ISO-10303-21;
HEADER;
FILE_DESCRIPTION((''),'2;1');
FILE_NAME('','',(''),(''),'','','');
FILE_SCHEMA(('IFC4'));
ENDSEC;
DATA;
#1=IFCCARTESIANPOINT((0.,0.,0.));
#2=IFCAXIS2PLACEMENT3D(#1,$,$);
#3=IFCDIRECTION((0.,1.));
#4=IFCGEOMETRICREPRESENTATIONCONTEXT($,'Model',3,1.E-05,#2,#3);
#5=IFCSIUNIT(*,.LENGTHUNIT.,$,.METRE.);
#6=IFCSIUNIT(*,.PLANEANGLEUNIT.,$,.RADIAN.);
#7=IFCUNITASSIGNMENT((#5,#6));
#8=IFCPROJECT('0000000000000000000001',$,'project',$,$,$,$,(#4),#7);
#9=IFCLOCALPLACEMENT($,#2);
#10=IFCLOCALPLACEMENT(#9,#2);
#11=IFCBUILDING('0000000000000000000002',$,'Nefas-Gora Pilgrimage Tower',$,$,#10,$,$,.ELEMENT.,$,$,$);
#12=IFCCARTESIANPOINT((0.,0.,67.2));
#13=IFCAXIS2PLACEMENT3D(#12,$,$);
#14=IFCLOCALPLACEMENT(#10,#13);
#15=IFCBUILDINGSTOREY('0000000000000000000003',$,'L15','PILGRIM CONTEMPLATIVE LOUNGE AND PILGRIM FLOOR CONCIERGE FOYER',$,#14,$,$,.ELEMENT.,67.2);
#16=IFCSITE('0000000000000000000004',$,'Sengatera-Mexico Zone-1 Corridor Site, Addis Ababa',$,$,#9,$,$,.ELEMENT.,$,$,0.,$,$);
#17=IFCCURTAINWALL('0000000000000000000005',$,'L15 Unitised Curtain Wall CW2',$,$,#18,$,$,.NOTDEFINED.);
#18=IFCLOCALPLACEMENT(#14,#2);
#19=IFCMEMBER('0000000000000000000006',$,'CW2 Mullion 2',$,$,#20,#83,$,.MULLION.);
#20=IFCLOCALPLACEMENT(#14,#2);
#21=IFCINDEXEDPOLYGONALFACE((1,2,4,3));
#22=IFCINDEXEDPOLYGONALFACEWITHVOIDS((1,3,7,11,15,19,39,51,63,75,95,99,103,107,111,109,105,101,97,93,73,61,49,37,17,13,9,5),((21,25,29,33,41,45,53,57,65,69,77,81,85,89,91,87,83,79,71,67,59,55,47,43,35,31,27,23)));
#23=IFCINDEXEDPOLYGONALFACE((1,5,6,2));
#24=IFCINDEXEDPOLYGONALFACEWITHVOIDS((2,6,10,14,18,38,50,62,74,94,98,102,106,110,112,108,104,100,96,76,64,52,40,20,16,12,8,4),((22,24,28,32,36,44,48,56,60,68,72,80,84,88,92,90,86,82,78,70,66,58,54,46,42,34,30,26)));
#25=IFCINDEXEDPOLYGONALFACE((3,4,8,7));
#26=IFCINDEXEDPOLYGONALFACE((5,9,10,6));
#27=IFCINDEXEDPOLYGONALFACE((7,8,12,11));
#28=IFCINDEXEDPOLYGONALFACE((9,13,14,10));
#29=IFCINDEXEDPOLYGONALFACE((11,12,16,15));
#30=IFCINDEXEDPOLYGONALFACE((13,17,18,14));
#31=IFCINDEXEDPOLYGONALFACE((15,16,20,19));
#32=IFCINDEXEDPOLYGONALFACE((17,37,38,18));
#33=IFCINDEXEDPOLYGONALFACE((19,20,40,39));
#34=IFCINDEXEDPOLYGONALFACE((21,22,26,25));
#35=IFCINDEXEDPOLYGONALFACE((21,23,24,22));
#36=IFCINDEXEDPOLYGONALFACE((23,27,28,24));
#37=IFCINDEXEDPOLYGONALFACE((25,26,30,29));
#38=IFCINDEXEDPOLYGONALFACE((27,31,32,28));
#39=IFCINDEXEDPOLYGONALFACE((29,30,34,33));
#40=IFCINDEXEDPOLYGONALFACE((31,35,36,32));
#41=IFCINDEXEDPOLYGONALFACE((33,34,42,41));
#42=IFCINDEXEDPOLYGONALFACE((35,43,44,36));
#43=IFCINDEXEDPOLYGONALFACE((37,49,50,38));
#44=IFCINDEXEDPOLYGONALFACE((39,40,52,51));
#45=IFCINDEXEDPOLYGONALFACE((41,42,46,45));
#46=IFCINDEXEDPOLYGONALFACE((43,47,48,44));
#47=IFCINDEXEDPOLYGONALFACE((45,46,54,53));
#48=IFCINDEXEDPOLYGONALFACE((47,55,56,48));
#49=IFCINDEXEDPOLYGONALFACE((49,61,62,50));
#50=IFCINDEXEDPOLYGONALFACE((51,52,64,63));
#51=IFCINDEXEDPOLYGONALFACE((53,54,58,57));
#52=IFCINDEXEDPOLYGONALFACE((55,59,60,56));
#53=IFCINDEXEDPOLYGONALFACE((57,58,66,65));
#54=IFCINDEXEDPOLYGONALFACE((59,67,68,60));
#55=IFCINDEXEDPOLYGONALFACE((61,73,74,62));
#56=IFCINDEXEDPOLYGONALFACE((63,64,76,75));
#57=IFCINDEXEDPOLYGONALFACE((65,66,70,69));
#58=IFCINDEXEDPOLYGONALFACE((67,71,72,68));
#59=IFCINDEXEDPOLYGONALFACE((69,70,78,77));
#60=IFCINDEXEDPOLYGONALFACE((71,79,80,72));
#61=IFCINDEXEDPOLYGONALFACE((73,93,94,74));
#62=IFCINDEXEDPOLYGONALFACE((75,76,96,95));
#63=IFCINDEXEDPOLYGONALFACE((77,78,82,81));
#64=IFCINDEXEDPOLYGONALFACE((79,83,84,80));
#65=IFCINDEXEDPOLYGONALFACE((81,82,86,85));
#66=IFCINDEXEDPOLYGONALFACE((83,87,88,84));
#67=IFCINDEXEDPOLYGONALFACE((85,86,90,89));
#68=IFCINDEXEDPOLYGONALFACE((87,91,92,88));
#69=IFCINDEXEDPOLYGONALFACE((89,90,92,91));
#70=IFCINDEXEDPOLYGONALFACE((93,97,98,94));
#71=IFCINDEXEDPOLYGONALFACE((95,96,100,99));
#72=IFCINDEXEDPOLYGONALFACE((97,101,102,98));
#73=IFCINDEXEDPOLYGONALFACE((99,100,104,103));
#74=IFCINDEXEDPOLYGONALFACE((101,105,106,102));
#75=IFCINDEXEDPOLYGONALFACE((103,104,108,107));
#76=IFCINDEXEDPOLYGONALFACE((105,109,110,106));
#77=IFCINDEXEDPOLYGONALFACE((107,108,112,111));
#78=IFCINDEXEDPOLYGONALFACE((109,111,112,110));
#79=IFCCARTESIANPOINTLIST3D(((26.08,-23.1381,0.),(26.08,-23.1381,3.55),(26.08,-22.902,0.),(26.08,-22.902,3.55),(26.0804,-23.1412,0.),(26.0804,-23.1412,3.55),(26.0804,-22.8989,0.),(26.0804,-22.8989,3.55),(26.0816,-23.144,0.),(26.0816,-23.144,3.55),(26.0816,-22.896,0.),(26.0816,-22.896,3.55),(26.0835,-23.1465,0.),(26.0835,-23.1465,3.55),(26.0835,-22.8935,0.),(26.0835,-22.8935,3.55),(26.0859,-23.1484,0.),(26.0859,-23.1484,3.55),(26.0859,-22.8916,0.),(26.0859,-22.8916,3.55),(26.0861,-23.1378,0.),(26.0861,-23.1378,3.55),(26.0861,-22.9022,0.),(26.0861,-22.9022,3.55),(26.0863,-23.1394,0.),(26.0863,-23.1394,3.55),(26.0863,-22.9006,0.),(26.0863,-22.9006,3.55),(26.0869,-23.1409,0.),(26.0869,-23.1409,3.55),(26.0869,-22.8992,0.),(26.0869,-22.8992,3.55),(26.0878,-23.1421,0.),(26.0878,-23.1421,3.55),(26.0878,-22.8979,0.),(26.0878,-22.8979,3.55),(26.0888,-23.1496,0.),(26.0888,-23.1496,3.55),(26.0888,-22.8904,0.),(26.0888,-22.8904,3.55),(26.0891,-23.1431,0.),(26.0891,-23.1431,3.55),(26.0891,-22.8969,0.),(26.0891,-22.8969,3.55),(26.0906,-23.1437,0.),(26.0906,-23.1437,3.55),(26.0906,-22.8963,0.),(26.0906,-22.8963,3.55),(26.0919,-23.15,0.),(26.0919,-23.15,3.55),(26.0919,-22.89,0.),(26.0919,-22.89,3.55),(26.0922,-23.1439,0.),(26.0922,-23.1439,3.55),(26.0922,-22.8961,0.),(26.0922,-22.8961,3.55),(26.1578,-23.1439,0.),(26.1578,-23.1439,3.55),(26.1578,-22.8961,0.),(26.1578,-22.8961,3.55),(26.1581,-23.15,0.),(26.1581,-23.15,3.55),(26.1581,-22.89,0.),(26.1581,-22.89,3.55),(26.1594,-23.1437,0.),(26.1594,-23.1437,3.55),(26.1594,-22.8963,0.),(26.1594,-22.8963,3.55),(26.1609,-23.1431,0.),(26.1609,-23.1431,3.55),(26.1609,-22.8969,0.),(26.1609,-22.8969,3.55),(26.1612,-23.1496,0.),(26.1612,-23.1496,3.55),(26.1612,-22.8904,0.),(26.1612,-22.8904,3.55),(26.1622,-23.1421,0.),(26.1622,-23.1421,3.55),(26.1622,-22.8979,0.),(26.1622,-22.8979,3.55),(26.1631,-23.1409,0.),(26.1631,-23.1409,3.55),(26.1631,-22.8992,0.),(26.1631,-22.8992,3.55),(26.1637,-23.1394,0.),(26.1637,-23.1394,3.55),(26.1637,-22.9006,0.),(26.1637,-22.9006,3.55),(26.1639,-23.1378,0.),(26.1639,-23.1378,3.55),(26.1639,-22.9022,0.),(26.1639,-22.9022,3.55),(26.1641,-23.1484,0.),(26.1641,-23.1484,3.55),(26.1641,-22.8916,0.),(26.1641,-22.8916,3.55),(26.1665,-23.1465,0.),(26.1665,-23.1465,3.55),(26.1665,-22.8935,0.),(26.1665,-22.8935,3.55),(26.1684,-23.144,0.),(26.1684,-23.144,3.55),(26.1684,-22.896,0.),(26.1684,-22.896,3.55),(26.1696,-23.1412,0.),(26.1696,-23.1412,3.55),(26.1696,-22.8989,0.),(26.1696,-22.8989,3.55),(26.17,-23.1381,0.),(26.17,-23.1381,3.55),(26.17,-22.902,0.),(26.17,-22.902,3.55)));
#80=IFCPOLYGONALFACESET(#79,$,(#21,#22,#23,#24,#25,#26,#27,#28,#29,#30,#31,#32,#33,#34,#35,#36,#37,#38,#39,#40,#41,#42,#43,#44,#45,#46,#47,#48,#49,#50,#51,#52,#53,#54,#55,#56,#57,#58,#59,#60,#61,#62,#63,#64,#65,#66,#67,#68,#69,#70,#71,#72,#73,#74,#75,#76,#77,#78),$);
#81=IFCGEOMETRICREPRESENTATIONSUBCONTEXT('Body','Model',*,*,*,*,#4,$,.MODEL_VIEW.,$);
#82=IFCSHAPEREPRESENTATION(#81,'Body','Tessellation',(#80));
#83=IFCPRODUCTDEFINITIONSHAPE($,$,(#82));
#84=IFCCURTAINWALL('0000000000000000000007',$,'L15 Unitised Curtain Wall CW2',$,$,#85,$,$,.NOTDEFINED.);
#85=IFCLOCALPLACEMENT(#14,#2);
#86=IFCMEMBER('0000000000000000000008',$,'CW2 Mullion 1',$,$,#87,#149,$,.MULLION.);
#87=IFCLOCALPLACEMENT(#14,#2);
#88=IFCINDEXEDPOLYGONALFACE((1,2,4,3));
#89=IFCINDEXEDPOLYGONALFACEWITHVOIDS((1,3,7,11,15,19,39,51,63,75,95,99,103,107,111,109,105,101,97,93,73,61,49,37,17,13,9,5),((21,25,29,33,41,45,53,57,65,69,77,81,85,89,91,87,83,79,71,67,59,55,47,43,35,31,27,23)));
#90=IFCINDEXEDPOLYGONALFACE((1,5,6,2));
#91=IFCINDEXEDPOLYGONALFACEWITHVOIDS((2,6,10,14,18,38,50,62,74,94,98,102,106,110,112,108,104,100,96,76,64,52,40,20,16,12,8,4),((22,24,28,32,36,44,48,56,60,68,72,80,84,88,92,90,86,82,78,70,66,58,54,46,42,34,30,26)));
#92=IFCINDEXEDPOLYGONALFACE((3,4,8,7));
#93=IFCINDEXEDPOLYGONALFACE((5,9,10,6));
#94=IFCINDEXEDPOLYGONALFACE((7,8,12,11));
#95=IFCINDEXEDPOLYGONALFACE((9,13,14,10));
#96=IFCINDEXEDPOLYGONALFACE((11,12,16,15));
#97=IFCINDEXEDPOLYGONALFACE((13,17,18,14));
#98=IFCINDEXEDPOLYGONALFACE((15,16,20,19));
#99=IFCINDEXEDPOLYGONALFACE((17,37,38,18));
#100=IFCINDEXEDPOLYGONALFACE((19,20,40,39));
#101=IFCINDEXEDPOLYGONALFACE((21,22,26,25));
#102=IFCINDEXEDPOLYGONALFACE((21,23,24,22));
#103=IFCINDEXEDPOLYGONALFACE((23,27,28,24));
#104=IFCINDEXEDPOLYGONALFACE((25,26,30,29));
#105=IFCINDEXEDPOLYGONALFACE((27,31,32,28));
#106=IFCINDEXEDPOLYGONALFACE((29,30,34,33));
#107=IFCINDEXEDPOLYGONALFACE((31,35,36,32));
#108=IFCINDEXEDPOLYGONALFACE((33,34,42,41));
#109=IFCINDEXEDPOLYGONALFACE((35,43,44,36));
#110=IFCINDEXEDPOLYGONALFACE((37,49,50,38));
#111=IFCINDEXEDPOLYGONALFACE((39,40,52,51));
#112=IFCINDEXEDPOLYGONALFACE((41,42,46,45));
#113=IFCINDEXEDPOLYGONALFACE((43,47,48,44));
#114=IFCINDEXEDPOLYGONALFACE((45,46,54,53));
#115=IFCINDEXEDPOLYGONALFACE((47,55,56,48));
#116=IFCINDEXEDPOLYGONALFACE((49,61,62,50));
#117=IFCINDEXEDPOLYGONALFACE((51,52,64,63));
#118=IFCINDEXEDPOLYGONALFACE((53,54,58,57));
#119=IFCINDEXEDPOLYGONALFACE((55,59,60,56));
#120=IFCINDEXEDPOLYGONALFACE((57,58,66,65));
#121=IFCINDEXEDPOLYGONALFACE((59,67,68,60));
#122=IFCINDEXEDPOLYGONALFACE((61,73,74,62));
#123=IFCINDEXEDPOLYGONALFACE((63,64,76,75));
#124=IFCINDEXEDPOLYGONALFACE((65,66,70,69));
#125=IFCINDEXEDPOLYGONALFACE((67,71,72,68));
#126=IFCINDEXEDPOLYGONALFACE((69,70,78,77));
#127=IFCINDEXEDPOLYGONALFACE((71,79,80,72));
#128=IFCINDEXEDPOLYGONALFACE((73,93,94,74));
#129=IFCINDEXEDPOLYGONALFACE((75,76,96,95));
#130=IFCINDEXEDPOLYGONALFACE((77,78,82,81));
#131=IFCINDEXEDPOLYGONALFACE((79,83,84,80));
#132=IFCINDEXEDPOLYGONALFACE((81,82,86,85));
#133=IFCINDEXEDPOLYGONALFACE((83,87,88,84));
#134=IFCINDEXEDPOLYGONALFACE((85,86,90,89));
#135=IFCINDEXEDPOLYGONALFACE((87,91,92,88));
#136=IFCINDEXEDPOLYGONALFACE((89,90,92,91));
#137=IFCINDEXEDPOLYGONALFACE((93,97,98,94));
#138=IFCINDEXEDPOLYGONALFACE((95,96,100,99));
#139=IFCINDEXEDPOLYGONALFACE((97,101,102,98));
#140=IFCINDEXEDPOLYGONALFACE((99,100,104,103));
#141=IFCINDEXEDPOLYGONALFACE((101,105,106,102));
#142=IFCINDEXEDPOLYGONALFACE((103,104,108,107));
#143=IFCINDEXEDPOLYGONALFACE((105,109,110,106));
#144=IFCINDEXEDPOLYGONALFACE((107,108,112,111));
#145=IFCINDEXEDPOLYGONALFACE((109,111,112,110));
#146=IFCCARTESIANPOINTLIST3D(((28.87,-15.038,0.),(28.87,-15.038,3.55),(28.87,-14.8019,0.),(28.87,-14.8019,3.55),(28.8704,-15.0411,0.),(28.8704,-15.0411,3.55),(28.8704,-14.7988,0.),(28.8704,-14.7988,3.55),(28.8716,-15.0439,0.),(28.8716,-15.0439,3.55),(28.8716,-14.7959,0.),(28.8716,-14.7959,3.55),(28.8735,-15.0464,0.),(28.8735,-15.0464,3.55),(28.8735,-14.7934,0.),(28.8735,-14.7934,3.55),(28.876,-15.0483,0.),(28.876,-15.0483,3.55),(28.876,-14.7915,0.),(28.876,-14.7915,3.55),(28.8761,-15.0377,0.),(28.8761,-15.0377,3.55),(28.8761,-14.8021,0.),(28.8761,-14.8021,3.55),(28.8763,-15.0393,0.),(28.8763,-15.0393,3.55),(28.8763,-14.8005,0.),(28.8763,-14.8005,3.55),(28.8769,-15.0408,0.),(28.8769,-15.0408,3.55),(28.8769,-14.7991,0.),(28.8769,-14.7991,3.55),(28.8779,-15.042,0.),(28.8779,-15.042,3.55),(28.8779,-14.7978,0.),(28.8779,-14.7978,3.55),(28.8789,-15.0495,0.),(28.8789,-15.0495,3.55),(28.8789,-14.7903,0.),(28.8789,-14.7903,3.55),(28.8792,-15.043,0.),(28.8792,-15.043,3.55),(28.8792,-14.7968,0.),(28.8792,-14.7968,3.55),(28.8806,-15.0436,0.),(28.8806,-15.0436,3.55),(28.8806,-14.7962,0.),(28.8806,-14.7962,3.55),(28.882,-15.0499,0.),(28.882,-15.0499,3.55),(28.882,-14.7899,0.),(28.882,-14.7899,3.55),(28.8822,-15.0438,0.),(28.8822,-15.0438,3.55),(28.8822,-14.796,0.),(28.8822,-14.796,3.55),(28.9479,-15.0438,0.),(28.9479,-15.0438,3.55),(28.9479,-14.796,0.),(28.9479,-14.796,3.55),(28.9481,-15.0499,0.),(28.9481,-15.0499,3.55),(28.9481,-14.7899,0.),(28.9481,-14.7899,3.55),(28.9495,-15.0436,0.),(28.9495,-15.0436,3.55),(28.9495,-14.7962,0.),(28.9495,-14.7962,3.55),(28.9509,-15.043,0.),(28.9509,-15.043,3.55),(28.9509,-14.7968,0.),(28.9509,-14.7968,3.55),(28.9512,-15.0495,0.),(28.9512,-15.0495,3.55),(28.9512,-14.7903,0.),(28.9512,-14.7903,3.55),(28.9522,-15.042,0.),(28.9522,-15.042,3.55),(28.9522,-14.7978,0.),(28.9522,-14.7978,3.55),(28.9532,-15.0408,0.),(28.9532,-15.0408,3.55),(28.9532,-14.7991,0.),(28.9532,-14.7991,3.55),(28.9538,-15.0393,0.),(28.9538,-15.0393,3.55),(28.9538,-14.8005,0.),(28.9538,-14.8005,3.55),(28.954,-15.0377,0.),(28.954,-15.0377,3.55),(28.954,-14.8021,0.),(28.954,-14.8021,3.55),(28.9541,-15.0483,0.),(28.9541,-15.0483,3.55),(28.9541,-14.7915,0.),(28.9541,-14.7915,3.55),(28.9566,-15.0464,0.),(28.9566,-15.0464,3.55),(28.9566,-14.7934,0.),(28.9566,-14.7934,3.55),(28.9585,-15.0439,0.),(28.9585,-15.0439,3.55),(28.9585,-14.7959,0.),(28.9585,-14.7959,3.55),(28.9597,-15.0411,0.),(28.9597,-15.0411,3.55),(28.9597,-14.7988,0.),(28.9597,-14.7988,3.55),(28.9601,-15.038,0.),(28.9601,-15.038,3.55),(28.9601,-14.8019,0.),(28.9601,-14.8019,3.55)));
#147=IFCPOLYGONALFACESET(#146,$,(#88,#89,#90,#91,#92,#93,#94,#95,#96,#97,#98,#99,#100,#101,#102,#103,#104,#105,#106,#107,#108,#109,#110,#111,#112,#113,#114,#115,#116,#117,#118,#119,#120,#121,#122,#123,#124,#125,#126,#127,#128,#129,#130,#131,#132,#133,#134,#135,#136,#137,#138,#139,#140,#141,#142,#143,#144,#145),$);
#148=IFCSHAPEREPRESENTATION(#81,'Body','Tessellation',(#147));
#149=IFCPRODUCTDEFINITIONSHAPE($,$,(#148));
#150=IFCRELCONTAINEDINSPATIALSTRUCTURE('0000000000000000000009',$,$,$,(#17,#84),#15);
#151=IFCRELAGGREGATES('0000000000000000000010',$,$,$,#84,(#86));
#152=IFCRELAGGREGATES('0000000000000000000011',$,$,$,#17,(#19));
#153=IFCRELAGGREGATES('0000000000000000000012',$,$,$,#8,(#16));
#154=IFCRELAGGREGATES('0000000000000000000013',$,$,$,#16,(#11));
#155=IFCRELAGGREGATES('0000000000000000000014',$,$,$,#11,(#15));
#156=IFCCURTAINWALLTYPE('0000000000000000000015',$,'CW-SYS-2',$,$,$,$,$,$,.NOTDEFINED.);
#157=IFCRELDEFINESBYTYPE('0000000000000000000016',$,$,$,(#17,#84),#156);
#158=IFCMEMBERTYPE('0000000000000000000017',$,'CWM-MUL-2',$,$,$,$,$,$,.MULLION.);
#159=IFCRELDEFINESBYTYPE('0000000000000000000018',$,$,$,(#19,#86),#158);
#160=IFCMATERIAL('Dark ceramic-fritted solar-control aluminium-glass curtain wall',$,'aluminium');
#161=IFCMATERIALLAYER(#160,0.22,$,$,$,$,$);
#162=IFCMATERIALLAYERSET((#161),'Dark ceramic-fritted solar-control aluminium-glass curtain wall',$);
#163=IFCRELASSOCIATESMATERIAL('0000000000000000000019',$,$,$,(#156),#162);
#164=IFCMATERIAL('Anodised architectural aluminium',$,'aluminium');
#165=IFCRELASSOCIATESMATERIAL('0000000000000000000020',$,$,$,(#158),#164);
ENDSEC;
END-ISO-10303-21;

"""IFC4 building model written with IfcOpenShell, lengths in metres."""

from ifc_helpers import new_model, si_unit, direction, frame, origin, origin_2d, place, context, subcontext, project, spatial, hollow_rectangle, extrude, source, transform, mapped, material, layer, layer_set, material_profile, profile_set, type_object, element, aggregate, save


model = new_model("IFC4")

# Units and contexts
model_context = context("Model", 3, precision=1e-05, world=origin(), true_north=direction((0.0, 1.0)))
body_context = subcontext(model_context, "Body", "Model", "MODEL_VIEW")
ifc_project = project(units=[si_unit("LENGTHUNIT", "METRE"), si_unit("PLANEANGLEUNIT", "RADIAN")], contexts=[model_context])

# Site, building, storey
site_placement = place(None, origin())
site = spatial("IfcSite", under=ifc_project, at=site_placement, Name="Sengatera-Mexico Zone-1 Corridor Site, Addis Ababa", CompositionType="ELEMENT", RefElevation=0.0)
building_placement = place(site_placement, origin())
building = spatial("IfcBuilding", under=site, at=building_placement, Name="Nefas-Gora Pilgrimage Tower", CompositionType="ELEMENT")
storey_placement = place(building_placement, frame((0.0, 0.0, 67.2)))
storey = spatial("IfcBuildingStorey", under=building, at=storey_placement, Name="L15", Description="PILGRIM CONTEMPLATIVE LOUNGE AND PILGRIM FLOOR CONCIERGE FOYER", CompositionType="ELEMENT", Elevation=67.2)

# Curtain wall, member
ifc_material_1 = material(Name="Dark ceramic-fritted solar-control aluminium-glass curtain wall", Category="aluminium")
ifc_layer_1 = layer(ifc_material_1, 0.22)
ifc_layer_set_1 = layer_set([ifc_layer_1], Name="Dark ceramic-fritted solar-control aluminium-glass curtain wall")
curtain_wall_type = type_object("IfcCurtainWallType", Name="CW-SYS-2", PredefinedType="NOTDEFINED", material=ifc_layer_set_1)
curtain_wall_1_placement = place(storey_placement, origin())
curtain_wall_1 = element("IfcCurtainWall", 1, at=curtain_wall_1_placement, inside=storey, type_object=curtain_wall_type, Name="L15 Unitised Curtain Wall CW2", PredefinedType="NOTDEFINED")
ifc_material_2 = material(Name="Anodised architectural aluminium", Category="aluminium")
ifc_material_profile_1 = material_profile(ifc_material_2, hollow_rectangle(XDim=0.0901, YDim=0.26, WallThickness=0.0061, InnerFilletRadius=0.0061, OuterFilletRadius=0.012, at=origin_2d()), Name="ALU MULLION 90x260")
ifc_profile_set_1 = profile_set([ifc_material_profile_1], Name="Anodised architectural aluminium")
member_type_1 = type_object("IfcMemberType", Name="CWM-MUL-2", PredefinedType="MULLION", material=ifc_profile_set_1)
shared_shape_1 = source(origin(), body_context, "Body", "SweptSolid", [
    extrude(hollow_rectangle(XDim=0.0901, YDim=0.26, WallThickness=0.0061, InnerFilletRadius=0.0061, OuterFilletRadius=0.012, at=origin_2d()), origin(), (0.0, 0.0, 1.0), 3.55),
])
member_1_placement = place(storey_placement, frame((26.125, -23.02, 0.0), z_axis=(0.0, 0.0, 1.0), x_axis=(1.0, 0.0, 0.0)))
member_1 = element("IfcMember", 2, at=member_1_placement, type_object=member_type_1, Name="CW2 Mullion 2", PredefinedType="MULLION", context=body_context, shape_type="MappedRepresentation", body=[
    mapped(shared_shape_1, transform((0.0, 0.0, 0.0), x_axis=(1.0, 0.0, 0.0), y_axis=(0.0, 1.0, 0.0), z_axis=(0.0, 0.0, 1.0), scale=1.0)),
])

# Curtain wall, member
curtain_wall_2_placement = place(storey_placement, origin())
curtain_wall_2 = element("IfcCurtainWall", 3, at=curtain_wall_2_placement, inside=storey, type_object=curtain_wall_type, Name="L15 Unitised Curtain Wall CW2", PredefinedType="NOTDEFINED")
member_2_placement = place(storey_placement, frame((28.915, -14.9199, 0.0), z_axis=(0.0, 0.0, 1.0), x_axis=(1.0, 0.0, 0.0)))
member_2 = element("IfcMember", 4, at=member_2_placement, type_object=member_type_1, Name="CW2 Mullion 1", PredefinedType="MULLION", context=body_context, shape_type="MappedRepresentation", body=[
    mapped(shared_shape_1, transform((0.0, 0.0, 0.0), x_axis=(1.0, 0.0, 0.0), y_axis=(0.0, 1.0, 0.0), z_axis=(0.0, 0.0, 1.0), scale=1.0)),
])

aggregate(curtain_wall_2, [member_2])
aggregate(curtain_wall_1, [member_1])

save(model, "model.ifc")
